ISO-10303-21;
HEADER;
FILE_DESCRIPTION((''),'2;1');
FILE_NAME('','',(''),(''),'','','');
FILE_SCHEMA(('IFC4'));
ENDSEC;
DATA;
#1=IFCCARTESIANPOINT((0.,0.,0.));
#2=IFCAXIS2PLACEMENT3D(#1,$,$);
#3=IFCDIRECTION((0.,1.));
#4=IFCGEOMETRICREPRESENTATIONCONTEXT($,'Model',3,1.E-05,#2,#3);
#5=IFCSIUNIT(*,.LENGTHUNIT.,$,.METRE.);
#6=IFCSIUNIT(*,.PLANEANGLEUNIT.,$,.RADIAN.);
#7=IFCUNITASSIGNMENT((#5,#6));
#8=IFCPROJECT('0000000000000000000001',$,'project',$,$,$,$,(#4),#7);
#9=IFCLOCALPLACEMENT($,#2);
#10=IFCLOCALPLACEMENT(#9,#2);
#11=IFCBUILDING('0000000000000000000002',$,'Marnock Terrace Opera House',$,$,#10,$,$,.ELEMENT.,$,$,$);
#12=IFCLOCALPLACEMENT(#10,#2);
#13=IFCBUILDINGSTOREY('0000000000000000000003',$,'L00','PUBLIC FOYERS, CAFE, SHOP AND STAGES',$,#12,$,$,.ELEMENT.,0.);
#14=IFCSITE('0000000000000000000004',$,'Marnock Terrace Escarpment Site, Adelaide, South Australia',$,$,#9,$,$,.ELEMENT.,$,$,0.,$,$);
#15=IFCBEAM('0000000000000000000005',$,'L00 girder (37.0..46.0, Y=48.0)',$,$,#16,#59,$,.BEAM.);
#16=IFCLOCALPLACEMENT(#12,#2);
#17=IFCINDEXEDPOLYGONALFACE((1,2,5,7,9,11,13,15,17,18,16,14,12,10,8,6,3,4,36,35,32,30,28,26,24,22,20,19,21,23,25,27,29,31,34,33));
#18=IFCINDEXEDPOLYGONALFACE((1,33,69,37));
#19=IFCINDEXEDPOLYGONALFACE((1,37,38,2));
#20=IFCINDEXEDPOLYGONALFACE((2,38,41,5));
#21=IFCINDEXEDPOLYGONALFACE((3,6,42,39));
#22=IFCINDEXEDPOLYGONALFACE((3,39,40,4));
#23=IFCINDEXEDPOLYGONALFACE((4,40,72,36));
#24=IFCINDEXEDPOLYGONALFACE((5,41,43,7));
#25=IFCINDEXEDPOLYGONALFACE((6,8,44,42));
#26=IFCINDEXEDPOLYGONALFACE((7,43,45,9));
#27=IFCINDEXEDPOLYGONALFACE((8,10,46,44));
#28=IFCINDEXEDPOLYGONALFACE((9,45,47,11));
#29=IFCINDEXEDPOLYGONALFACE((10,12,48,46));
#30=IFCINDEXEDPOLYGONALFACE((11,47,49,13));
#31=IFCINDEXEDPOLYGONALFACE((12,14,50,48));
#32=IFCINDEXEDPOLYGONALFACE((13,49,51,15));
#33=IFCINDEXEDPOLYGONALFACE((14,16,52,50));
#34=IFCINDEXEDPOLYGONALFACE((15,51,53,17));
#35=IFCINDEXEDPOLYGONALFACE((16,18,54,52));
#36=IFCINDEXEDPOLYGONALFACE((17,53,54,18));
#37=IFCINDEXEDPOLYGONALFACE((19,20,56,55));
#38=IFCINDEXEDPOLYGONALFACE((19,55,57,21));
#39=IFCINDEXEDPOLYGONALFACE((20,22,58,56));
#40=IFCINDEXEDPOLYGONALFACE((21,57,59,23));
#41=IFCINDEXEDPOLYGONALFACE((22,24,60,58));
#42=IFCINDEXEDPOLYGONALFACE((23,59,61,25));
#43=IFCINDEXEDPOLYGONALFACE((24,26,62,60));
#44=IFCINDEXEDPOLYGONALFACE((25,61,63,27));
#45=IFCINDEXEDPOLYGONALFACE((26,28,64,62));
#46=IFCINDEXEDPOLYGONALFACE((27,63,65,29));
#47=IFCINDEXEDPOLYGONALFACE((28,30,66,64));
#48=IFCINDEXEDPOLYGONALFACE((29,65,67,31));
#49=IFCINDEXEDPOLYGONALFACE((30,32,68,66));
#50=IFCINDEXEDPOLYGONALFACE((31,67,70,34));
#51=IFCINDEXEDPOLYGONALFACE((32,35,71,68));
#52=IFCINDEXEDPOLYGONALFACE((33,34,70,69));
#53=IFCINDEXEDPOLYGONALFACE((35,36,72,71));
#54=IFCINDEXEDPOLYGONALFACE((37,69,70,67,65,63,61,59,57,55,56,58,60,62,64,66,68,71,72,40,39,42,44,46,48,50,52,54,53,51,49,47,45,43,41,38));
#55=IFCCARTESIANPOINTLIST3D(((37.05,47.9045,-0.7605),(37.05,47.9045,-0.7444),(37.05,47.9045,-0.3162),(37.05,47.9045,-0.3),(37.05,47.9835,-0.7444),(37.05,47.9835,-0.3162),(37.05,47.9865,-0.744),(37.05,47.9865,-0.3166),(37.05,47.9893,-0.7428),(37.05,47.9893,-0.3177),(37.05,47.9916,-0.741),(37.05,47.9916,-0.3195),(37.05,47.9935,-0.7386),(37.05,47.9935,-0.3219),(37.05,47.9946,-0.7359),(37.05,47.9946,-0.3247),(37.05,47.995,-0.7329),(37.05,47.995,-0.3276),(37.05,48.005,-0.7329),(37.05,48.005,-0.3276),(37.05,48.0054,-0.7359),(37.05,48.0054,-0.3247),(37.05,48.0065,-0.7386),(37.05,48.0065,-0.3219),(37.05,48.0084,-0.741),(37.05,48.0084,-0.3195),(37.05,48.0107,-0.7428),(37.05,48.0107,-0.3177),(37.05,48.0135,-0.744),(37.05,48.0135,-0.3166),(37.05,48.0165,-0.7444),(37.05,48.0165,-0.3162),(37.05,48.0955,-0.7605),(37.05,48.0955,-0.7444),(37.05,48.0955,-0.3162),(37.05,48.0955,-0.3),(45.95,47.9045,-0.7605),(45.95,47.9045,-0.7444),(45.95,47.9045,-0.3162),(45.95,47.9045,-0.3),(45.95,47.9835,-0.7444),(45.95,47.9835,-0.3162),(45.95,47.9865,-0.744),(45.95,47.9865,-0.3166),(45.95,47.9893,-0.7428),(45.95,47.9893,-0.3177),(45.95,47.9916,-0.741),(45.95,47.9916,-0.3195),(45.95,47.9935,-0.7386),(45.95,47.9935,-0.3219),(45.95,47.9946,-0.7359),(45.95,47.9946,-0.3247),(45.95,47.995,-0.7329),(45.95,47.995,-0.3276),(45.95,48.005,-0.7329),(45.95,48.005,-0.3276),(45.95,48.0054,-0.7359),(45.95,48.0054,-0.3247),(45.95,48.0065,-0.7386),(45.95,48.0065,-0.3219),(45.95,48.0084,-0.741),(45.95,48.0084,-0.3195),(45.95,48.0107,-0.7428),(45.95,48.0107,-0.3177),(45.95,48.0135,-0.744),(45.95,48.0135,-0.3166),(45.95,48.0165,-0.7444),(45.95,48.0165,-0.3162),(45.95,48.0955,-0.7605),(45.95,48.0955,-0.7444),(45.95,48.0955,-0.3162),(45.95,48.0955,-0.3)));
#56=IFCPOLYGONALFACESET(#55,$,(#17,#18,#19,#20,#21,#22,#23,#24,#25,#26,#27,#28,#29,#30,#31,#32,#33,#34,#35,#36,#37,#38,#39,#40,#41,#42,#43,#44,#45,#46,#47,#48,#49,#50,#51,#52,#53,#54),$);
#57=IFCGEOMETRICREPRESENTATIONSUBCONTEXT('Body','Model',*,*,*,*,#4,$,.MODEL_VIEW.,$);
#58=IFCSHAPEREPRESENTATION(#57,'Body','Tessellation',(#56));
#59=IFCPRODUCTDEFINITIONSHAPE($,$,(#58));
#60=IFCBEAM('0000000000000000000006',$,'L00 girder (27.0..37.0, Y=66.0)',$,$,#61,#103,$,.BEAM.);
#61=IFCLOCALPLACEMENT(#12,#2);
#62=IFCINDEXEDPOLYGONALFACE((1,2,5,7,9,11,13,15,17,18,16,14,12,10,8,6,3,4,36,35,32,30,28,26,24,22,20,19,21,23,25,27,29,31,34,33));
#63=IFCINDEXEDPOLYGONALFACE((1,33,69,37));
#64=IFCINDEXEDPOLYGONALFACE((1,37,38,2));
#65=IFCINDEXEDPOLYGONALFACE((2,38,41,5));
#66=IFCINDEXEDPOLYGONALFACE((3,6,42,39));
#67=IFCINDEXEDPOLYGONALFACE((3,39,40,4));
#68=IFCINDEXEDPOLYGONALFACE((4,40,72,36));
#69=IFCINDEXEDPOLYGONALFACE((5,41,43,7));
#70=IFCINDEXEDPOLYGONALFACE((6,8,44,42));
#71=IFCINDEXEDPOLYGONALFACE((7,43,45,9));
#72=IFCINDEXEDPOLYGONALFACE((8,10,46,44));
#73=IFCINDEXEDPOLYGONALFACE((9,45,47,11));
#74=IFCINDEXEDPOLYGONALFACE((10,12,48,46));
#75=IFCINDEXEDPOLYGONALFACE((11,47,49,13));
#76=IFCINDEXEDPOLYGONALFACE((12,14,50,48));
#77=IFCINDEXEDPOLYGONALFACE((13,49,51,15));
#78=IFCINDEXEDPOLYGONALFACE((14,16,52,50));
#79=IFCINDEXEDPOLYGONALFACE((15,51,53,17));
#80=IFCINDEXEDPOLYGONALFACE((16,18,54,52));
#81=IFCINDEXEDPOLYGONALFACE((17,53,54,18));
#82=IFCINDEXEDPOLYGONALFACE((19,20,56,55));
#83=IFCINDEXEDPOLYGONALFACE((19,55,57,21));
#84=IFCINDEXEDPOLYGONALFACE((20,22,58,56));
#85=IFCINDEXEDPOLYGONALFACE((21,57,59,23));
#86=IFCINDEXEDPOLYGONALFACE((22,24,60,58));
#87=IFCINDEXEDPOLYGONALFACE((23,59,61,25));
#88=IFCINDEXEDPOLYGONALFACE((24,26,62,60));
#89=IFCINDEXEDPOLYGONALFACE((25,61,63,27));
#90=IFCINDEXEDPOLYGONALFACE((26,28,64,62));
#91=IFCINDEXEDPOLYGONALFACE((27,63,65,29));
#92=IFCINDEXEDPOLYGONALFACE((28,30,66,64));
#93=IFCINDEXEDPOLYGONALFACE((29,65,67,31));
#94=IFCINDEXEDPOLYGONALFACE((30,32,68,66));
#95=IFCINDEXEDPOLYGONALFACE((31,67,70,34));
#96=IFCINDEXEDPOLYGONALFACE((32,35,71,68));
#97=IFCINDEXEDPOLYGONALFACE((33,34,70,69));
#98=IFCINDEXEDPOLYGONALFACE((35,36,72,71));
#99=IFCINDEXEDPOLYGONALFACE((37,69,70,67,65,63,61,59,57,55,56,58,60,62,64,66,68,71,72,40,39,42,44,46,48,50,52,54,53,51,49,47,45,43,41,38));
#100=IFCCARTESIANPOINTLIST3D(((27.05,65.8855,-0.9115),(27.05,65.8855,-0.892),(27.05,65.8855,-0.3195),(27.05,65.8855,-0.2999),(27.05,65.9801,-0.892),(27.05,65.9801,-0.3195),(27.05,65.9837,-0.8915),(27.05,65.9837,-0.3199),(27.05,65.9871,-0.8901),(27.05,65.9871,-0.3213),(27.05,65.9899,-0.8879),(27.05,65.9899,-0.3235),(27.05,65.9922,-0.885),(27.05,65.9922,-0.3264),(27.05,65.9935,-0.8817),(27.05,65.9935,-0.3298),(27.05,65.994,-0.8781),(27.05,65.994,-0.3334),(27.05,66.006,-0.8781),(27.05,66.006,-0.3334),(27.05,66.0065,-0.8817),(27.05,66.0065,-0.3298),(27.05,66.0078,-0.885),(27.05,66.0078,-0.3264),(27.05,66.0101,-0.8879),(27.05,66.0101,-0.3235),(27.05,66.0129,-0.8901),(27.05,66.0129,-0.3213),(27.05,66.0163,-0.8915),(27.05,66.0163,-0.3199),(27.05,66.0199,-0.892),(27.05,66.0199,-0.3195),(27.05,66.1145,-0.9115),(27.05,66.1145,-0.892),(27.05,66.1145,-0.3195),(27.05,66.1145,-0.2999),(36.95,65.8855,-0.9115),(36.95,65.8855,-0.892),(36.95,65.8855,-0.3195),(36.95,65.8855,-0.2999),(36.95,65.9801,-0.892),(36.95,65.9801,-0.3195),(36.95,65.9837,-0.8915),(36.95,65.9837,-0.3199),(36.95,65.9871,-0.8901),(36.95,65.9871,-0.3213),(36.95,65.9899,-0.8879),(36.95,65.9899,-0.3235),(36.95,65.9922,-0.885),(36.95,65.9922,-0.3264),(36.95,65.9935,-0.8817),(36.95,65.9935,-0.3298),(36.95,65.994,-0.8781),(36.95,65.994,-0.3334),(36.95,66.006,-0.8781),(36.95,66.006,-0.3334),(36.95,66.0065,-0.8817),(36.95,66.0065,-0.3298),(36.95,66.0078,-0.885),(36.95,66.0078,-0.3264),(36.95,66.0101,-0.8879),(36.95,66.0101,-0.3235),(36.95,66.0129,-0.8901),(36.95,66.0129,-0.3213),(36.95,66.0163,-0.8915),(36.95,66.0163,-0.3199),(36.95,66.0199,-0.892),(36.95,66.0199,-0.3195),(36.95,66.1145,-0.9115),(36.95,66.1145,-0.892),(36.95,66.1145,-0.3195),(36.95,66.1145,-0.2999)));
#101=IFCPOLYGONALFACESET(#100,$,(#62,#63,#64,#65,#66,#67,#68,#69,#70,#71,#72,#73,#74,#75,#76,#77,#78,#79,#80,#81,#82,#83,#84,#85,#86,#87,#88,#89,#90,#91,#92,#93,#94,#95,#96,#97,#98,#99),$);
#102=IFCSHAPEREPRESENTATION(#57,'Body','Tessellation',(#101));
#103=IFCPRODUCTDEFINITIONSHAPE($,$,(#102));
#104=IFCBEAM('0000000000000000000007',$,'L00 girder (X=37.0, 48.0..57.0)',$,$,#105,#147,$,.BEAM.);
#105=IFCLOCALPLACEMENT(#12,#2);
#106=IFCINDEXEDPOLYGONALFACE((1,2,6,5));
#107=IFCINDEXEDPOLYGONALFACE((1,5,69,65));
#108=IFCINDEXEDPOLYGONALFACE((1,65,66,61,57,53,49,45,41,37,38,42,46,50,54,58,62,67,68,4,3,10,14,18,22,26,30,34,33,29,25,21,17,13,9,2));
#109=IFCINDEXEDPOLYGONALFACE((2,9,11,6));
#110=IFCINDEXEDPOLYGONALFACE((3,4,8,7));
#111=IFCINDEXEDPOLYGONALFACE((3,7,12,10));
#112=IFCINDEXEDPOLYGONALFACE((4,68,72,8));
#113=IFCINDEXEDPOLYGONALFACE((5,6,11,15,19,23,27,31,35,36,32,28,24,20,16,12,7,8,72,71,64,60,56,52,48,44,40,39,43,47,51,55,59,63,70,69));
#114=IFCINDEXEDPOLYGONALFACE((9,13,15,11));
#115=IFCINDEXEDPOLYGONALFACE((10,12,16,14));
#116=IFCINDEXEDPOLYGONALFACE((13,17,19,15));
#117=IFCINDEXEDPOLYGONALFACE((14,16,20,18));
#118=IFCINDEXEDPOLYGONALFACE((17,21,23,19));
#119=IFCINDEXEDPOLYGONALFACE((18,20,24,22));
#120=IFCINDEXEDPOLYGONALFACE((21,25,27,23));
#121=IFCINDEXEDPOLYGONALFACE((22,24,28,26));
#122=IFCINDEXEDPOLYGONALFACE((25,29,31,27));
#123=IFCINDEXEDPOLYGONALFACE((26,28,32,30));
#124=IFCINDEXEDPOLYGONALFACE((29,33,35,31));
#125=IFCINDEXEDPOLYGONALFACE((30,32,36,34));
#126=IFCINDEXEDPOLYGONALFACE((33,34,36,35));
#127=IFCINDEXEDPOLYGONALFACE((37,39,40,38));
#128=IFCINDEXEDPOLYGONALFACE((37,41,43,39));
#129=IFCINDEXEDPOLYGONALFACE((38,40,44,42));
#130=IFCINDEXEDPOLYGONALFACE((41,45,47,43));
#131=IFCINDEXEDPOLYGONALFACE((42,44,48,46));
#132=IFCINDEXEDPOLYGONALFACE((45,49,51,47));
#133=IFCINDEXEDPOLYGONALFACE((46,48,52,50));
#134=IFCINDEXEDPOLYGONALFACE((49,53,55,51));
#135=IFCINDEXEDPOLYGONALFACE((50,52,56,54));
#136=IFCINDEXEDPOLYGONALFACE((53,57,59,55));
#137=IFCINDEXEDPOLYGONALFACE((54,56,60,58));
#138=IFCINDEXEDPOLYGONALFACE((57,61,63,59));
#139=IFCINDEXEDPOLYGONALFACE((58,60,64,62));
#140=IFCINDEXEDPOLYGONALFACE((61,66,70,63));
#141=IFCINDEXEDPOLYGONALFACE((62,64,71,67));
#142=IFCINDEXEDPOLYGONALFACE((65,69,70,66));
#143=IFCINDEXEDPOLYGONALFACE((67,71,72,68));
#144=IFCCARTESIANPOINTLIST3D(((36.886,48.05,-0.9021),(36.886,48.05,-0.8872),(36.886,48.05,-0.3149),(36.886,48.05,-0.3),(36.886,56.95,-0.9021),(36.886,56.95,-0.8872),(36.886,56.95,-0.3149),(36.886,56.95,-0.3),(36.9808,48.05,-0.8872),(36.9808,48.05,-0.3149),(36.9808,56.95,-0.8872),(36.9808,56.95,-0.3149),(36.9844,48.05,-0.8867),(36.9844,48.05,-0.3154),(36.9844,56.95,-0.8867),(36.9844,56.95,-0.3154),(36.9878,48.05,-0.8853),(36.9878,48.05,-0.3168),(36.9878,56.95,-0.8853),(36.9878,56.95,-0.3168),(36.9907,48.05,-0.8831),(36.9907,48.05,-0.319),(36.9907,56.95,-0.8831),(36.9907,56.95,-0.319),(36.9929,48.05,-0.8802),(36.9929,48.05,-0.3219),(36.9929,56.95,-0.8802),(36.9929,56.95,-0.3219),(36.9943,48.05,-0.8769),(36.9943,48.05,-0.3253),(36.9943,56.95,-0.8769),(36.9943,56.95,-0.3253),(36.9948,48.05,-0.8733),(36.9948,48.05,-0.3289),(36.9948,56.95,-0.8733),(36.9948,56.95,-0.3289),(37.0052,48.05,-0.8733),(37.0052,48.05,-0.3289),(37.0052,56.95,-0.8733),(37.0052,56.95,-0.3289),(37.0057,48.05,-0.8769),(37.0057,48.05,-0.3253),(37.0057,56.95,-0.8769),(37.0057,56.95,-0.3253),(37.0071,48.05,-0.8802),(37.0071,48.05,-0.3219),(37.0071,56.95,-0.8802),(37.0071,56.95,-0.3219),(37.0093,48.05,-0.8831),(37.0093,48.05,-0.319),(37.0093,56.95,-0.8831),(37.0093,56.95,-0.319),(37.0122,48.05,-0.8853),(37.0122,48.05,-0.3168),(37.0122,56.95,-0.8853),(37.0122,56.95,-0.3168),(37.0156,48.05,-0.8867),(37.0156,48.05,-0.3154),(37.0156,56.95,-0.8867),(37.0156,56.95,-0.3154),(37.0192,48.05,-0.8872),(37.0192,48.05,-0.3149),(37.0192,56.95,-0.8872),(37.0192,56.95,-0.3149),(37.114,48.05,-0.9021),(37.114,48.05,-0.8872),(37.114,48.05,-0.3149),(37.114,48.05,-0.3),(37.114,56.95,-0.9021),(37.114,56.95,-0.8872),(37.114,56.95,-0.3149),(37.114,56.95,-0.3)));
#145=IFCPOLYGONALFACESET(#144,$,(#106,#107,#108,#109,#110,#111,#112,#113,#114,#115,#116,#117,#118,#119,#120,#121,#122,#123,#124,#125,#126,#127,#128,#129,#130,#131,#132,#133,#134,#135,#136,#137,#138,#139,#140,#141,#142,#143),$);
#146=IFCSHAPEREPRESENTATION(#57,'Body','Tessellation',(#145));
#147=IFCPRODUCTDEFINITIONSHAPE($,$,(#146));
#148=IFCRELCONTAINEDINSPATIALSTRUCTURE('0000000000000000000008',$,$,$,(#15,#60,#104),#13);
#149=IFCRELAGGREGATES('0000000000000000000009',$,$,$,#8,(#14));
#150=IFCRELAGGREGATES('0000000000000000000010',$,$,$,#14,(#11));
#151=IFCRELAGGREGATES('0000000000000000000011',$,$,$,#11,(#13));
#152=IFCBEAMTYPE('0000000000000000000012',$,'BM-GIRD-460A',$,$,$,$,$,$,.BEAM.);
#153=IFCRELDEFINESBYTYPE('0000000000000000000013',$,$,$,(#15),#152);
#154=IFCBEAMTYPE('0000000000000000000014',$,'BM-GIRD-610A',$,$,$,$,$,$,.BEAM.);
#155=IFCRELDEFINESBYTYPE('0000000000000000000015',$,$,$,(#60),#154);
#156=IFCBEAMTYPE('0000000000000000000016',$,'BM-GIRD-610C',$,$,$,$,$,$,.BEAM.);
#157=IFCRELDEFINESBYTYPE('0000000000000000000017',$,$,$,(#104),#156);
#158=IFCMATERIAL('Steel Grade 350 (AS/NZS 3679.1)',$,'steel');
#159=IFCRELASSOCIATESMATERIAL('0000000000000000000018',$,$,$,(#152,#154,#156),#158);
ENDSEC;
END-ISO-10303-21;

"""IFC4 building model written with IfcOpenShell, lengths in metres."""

from ifc_helpers import new_model, si_unit, direction, frame, origin, origin_2d, place, context, subcontext, project, spatial, i_section, extrude, material, material_profile, profile_set, type_object, element, save


model = new_model("IFC4")

# Units and contexts
model_context = context("Model", 3, precision=1e-05, world=origin(), true_north=direction((0.0, 1.0)))
body_context = subcontext(model_context, "Body", "Model", "MODEL_VIEW")
ifc_project = project(units=[si_unit("LENGTHUNIT", "METRE"), si_unit("PLANEANGLEUNIT", "RADIAN")], contexts=[model_context])

# Site, building, storey
site_placement = place(None, origin())
site = spatial("IfcSite", under=ifc_project, at=site_placement, Name="Marnock Terrace Escarpment Site, Adelaide, South Australia", CompositionType="ELEMENT", RefElevation=0.0)
building_placement = place(site_placement, origin())
building = spatial("IfcBuilding", under=site, at=building_placement, Name="Marnock Terrace Opera House", CompositionType="ELEMENT")
storey_placement = place(building_placement, origin())
storey = spatial("IfcBuildingStorey", under=building, at=storey_placement, Name="L00", Description="PUBLIC FOYERS, CAFE, SHOP AND STAGES", CompositionType="ELEMENT", Elevation=0.0)

# Shared definitions
ifc_material_1 = material(Name="Steel Grade 350 (AS/NZS 3679.1)", Category="steel")

# Beams
ifc_material_profile_1 = material_profile(ifc_material_1, i_section(OverallWidth=0.1909, OverallDepth=0.4604, WebThickness=0.01, FlangeThickness=0.0161, FilletRadius=0.0115, at=origin_2d()))
ifc_profile_set_1 = profile_set([ifc_material_profile_1], Name="Steel Grade 350 (AS/NZS 3679.1)")
beam_type_1 = type_object("IfcBeamType", Name="BM-GIRD-460A", PredefinedType="BEAM", material=ifc_profile_set_1)
beam_1_placement = place(storey_placement, frame((37.05, 48.0, -0.5303), z_axis=(1.0, 0.0, 0.0), x_axis=(0.0, 1.0, 0.0)))
element("IfcBeam", 1, at=beam_1_placement, inside=storey, type_object=beam_type_1, Name="L00 girder (37.0..46.0, Y=48.0)", PredefinedType="BEAM", context=body_context, shape_type="SweptSolid", body=[
    extrude(i_section(OverallWidth=0.1909, OverallDepth=0.4604, WebThickness=0.01, FlangeThickness=0.0161, FilletRadius=0.0115, at=origin_2d()), origin(), (0.0, 0.0, 1.0), 8.8999),
])
ifc_material_profile_2 = material_profile(ifc_material_1, i_section(OverallWidth=0.229, OverallDepth=0.6116, WebThickness=0.012, FlangeThickness=0.0195, FilletRadius=0.0139, at=origin_2d()))
ifc_profile_set_2 = profile_set([ifc_material_profile_2], Name="Steel Grade 350 (AS/NZS 3679.1)")
beam_type_2 = type_object("IfcBeamType", Name="BM-GIRD-610A", PredefinedType="BEAM", material=ifc_profile_set_2)
beam_2_placement = place(storey_placement, frame((27.05, 66.0, -0.6057), z_axis=(1.0, 0.0, 0.0), x_axis=(0.0, 1.0, 0.0)))
element("IfcBeam", 2, at=beam_2_placement, inside=storey, type_object=beam_type_2, Name="L00 girder (27.0..37.0, Y=66.0)", PredefinedType="BEAM", context=body_context, shape_type="SweptSolid", body=[
    extrude(i_section(OverallWidth=0.229, OverallDepth=0.6116, WebThickness=0.012, FlangeThickness=0.0195, FilletRadius=0.0139, at=origin_2d()), origin(), (0.0, 0.0, 1.0), 9.8999),
])
ifc_material_profile_3 = material_profile(ifc_material_1, i_section(OverallWidth=0.228, OverallDepth=0.6021, WebThickness=0.0105, FlangeThickness=0.0149, FilletRadius=0.0139, at=origin_2d()))
ifc_profile_set_3 = profile_set([ifc_material_profile_3], Name="Steel Grade 350 (AS/NZS 3679.1)")
beam_type_3 = type_object("IfcBeamType", Name="BM-GIRD-610C", PredefinedType="BEAM", material=ifc_profile_set_3)
beam_3_placement = place(storey_placement, frame((37.0, 48.05, -0.6011), z_axis=(0.0, 1.0, 0.0), x_axis=(-1.0, 0.0, 0.0)))
element("IfcBeam", 3, at=beam_3_placement, inside=storey, type_object=beam_type_3, Name="L00 girder (X=37.0, 48.0..57.0)", PredefinedType="BEAM", context=body_context, shape_type="SweptSolid", body=[
    extrude(i_section(OverallWidth=0.228, OverallDepth=0.6021, WebThickness=0.0105, FlangeThickness=0.0149, FilletRadius=0.0139, at=origin_2d()), origin(), (0.0, 0.0, 1.0), 8.8999),
])

save(model, "model.ifc")
